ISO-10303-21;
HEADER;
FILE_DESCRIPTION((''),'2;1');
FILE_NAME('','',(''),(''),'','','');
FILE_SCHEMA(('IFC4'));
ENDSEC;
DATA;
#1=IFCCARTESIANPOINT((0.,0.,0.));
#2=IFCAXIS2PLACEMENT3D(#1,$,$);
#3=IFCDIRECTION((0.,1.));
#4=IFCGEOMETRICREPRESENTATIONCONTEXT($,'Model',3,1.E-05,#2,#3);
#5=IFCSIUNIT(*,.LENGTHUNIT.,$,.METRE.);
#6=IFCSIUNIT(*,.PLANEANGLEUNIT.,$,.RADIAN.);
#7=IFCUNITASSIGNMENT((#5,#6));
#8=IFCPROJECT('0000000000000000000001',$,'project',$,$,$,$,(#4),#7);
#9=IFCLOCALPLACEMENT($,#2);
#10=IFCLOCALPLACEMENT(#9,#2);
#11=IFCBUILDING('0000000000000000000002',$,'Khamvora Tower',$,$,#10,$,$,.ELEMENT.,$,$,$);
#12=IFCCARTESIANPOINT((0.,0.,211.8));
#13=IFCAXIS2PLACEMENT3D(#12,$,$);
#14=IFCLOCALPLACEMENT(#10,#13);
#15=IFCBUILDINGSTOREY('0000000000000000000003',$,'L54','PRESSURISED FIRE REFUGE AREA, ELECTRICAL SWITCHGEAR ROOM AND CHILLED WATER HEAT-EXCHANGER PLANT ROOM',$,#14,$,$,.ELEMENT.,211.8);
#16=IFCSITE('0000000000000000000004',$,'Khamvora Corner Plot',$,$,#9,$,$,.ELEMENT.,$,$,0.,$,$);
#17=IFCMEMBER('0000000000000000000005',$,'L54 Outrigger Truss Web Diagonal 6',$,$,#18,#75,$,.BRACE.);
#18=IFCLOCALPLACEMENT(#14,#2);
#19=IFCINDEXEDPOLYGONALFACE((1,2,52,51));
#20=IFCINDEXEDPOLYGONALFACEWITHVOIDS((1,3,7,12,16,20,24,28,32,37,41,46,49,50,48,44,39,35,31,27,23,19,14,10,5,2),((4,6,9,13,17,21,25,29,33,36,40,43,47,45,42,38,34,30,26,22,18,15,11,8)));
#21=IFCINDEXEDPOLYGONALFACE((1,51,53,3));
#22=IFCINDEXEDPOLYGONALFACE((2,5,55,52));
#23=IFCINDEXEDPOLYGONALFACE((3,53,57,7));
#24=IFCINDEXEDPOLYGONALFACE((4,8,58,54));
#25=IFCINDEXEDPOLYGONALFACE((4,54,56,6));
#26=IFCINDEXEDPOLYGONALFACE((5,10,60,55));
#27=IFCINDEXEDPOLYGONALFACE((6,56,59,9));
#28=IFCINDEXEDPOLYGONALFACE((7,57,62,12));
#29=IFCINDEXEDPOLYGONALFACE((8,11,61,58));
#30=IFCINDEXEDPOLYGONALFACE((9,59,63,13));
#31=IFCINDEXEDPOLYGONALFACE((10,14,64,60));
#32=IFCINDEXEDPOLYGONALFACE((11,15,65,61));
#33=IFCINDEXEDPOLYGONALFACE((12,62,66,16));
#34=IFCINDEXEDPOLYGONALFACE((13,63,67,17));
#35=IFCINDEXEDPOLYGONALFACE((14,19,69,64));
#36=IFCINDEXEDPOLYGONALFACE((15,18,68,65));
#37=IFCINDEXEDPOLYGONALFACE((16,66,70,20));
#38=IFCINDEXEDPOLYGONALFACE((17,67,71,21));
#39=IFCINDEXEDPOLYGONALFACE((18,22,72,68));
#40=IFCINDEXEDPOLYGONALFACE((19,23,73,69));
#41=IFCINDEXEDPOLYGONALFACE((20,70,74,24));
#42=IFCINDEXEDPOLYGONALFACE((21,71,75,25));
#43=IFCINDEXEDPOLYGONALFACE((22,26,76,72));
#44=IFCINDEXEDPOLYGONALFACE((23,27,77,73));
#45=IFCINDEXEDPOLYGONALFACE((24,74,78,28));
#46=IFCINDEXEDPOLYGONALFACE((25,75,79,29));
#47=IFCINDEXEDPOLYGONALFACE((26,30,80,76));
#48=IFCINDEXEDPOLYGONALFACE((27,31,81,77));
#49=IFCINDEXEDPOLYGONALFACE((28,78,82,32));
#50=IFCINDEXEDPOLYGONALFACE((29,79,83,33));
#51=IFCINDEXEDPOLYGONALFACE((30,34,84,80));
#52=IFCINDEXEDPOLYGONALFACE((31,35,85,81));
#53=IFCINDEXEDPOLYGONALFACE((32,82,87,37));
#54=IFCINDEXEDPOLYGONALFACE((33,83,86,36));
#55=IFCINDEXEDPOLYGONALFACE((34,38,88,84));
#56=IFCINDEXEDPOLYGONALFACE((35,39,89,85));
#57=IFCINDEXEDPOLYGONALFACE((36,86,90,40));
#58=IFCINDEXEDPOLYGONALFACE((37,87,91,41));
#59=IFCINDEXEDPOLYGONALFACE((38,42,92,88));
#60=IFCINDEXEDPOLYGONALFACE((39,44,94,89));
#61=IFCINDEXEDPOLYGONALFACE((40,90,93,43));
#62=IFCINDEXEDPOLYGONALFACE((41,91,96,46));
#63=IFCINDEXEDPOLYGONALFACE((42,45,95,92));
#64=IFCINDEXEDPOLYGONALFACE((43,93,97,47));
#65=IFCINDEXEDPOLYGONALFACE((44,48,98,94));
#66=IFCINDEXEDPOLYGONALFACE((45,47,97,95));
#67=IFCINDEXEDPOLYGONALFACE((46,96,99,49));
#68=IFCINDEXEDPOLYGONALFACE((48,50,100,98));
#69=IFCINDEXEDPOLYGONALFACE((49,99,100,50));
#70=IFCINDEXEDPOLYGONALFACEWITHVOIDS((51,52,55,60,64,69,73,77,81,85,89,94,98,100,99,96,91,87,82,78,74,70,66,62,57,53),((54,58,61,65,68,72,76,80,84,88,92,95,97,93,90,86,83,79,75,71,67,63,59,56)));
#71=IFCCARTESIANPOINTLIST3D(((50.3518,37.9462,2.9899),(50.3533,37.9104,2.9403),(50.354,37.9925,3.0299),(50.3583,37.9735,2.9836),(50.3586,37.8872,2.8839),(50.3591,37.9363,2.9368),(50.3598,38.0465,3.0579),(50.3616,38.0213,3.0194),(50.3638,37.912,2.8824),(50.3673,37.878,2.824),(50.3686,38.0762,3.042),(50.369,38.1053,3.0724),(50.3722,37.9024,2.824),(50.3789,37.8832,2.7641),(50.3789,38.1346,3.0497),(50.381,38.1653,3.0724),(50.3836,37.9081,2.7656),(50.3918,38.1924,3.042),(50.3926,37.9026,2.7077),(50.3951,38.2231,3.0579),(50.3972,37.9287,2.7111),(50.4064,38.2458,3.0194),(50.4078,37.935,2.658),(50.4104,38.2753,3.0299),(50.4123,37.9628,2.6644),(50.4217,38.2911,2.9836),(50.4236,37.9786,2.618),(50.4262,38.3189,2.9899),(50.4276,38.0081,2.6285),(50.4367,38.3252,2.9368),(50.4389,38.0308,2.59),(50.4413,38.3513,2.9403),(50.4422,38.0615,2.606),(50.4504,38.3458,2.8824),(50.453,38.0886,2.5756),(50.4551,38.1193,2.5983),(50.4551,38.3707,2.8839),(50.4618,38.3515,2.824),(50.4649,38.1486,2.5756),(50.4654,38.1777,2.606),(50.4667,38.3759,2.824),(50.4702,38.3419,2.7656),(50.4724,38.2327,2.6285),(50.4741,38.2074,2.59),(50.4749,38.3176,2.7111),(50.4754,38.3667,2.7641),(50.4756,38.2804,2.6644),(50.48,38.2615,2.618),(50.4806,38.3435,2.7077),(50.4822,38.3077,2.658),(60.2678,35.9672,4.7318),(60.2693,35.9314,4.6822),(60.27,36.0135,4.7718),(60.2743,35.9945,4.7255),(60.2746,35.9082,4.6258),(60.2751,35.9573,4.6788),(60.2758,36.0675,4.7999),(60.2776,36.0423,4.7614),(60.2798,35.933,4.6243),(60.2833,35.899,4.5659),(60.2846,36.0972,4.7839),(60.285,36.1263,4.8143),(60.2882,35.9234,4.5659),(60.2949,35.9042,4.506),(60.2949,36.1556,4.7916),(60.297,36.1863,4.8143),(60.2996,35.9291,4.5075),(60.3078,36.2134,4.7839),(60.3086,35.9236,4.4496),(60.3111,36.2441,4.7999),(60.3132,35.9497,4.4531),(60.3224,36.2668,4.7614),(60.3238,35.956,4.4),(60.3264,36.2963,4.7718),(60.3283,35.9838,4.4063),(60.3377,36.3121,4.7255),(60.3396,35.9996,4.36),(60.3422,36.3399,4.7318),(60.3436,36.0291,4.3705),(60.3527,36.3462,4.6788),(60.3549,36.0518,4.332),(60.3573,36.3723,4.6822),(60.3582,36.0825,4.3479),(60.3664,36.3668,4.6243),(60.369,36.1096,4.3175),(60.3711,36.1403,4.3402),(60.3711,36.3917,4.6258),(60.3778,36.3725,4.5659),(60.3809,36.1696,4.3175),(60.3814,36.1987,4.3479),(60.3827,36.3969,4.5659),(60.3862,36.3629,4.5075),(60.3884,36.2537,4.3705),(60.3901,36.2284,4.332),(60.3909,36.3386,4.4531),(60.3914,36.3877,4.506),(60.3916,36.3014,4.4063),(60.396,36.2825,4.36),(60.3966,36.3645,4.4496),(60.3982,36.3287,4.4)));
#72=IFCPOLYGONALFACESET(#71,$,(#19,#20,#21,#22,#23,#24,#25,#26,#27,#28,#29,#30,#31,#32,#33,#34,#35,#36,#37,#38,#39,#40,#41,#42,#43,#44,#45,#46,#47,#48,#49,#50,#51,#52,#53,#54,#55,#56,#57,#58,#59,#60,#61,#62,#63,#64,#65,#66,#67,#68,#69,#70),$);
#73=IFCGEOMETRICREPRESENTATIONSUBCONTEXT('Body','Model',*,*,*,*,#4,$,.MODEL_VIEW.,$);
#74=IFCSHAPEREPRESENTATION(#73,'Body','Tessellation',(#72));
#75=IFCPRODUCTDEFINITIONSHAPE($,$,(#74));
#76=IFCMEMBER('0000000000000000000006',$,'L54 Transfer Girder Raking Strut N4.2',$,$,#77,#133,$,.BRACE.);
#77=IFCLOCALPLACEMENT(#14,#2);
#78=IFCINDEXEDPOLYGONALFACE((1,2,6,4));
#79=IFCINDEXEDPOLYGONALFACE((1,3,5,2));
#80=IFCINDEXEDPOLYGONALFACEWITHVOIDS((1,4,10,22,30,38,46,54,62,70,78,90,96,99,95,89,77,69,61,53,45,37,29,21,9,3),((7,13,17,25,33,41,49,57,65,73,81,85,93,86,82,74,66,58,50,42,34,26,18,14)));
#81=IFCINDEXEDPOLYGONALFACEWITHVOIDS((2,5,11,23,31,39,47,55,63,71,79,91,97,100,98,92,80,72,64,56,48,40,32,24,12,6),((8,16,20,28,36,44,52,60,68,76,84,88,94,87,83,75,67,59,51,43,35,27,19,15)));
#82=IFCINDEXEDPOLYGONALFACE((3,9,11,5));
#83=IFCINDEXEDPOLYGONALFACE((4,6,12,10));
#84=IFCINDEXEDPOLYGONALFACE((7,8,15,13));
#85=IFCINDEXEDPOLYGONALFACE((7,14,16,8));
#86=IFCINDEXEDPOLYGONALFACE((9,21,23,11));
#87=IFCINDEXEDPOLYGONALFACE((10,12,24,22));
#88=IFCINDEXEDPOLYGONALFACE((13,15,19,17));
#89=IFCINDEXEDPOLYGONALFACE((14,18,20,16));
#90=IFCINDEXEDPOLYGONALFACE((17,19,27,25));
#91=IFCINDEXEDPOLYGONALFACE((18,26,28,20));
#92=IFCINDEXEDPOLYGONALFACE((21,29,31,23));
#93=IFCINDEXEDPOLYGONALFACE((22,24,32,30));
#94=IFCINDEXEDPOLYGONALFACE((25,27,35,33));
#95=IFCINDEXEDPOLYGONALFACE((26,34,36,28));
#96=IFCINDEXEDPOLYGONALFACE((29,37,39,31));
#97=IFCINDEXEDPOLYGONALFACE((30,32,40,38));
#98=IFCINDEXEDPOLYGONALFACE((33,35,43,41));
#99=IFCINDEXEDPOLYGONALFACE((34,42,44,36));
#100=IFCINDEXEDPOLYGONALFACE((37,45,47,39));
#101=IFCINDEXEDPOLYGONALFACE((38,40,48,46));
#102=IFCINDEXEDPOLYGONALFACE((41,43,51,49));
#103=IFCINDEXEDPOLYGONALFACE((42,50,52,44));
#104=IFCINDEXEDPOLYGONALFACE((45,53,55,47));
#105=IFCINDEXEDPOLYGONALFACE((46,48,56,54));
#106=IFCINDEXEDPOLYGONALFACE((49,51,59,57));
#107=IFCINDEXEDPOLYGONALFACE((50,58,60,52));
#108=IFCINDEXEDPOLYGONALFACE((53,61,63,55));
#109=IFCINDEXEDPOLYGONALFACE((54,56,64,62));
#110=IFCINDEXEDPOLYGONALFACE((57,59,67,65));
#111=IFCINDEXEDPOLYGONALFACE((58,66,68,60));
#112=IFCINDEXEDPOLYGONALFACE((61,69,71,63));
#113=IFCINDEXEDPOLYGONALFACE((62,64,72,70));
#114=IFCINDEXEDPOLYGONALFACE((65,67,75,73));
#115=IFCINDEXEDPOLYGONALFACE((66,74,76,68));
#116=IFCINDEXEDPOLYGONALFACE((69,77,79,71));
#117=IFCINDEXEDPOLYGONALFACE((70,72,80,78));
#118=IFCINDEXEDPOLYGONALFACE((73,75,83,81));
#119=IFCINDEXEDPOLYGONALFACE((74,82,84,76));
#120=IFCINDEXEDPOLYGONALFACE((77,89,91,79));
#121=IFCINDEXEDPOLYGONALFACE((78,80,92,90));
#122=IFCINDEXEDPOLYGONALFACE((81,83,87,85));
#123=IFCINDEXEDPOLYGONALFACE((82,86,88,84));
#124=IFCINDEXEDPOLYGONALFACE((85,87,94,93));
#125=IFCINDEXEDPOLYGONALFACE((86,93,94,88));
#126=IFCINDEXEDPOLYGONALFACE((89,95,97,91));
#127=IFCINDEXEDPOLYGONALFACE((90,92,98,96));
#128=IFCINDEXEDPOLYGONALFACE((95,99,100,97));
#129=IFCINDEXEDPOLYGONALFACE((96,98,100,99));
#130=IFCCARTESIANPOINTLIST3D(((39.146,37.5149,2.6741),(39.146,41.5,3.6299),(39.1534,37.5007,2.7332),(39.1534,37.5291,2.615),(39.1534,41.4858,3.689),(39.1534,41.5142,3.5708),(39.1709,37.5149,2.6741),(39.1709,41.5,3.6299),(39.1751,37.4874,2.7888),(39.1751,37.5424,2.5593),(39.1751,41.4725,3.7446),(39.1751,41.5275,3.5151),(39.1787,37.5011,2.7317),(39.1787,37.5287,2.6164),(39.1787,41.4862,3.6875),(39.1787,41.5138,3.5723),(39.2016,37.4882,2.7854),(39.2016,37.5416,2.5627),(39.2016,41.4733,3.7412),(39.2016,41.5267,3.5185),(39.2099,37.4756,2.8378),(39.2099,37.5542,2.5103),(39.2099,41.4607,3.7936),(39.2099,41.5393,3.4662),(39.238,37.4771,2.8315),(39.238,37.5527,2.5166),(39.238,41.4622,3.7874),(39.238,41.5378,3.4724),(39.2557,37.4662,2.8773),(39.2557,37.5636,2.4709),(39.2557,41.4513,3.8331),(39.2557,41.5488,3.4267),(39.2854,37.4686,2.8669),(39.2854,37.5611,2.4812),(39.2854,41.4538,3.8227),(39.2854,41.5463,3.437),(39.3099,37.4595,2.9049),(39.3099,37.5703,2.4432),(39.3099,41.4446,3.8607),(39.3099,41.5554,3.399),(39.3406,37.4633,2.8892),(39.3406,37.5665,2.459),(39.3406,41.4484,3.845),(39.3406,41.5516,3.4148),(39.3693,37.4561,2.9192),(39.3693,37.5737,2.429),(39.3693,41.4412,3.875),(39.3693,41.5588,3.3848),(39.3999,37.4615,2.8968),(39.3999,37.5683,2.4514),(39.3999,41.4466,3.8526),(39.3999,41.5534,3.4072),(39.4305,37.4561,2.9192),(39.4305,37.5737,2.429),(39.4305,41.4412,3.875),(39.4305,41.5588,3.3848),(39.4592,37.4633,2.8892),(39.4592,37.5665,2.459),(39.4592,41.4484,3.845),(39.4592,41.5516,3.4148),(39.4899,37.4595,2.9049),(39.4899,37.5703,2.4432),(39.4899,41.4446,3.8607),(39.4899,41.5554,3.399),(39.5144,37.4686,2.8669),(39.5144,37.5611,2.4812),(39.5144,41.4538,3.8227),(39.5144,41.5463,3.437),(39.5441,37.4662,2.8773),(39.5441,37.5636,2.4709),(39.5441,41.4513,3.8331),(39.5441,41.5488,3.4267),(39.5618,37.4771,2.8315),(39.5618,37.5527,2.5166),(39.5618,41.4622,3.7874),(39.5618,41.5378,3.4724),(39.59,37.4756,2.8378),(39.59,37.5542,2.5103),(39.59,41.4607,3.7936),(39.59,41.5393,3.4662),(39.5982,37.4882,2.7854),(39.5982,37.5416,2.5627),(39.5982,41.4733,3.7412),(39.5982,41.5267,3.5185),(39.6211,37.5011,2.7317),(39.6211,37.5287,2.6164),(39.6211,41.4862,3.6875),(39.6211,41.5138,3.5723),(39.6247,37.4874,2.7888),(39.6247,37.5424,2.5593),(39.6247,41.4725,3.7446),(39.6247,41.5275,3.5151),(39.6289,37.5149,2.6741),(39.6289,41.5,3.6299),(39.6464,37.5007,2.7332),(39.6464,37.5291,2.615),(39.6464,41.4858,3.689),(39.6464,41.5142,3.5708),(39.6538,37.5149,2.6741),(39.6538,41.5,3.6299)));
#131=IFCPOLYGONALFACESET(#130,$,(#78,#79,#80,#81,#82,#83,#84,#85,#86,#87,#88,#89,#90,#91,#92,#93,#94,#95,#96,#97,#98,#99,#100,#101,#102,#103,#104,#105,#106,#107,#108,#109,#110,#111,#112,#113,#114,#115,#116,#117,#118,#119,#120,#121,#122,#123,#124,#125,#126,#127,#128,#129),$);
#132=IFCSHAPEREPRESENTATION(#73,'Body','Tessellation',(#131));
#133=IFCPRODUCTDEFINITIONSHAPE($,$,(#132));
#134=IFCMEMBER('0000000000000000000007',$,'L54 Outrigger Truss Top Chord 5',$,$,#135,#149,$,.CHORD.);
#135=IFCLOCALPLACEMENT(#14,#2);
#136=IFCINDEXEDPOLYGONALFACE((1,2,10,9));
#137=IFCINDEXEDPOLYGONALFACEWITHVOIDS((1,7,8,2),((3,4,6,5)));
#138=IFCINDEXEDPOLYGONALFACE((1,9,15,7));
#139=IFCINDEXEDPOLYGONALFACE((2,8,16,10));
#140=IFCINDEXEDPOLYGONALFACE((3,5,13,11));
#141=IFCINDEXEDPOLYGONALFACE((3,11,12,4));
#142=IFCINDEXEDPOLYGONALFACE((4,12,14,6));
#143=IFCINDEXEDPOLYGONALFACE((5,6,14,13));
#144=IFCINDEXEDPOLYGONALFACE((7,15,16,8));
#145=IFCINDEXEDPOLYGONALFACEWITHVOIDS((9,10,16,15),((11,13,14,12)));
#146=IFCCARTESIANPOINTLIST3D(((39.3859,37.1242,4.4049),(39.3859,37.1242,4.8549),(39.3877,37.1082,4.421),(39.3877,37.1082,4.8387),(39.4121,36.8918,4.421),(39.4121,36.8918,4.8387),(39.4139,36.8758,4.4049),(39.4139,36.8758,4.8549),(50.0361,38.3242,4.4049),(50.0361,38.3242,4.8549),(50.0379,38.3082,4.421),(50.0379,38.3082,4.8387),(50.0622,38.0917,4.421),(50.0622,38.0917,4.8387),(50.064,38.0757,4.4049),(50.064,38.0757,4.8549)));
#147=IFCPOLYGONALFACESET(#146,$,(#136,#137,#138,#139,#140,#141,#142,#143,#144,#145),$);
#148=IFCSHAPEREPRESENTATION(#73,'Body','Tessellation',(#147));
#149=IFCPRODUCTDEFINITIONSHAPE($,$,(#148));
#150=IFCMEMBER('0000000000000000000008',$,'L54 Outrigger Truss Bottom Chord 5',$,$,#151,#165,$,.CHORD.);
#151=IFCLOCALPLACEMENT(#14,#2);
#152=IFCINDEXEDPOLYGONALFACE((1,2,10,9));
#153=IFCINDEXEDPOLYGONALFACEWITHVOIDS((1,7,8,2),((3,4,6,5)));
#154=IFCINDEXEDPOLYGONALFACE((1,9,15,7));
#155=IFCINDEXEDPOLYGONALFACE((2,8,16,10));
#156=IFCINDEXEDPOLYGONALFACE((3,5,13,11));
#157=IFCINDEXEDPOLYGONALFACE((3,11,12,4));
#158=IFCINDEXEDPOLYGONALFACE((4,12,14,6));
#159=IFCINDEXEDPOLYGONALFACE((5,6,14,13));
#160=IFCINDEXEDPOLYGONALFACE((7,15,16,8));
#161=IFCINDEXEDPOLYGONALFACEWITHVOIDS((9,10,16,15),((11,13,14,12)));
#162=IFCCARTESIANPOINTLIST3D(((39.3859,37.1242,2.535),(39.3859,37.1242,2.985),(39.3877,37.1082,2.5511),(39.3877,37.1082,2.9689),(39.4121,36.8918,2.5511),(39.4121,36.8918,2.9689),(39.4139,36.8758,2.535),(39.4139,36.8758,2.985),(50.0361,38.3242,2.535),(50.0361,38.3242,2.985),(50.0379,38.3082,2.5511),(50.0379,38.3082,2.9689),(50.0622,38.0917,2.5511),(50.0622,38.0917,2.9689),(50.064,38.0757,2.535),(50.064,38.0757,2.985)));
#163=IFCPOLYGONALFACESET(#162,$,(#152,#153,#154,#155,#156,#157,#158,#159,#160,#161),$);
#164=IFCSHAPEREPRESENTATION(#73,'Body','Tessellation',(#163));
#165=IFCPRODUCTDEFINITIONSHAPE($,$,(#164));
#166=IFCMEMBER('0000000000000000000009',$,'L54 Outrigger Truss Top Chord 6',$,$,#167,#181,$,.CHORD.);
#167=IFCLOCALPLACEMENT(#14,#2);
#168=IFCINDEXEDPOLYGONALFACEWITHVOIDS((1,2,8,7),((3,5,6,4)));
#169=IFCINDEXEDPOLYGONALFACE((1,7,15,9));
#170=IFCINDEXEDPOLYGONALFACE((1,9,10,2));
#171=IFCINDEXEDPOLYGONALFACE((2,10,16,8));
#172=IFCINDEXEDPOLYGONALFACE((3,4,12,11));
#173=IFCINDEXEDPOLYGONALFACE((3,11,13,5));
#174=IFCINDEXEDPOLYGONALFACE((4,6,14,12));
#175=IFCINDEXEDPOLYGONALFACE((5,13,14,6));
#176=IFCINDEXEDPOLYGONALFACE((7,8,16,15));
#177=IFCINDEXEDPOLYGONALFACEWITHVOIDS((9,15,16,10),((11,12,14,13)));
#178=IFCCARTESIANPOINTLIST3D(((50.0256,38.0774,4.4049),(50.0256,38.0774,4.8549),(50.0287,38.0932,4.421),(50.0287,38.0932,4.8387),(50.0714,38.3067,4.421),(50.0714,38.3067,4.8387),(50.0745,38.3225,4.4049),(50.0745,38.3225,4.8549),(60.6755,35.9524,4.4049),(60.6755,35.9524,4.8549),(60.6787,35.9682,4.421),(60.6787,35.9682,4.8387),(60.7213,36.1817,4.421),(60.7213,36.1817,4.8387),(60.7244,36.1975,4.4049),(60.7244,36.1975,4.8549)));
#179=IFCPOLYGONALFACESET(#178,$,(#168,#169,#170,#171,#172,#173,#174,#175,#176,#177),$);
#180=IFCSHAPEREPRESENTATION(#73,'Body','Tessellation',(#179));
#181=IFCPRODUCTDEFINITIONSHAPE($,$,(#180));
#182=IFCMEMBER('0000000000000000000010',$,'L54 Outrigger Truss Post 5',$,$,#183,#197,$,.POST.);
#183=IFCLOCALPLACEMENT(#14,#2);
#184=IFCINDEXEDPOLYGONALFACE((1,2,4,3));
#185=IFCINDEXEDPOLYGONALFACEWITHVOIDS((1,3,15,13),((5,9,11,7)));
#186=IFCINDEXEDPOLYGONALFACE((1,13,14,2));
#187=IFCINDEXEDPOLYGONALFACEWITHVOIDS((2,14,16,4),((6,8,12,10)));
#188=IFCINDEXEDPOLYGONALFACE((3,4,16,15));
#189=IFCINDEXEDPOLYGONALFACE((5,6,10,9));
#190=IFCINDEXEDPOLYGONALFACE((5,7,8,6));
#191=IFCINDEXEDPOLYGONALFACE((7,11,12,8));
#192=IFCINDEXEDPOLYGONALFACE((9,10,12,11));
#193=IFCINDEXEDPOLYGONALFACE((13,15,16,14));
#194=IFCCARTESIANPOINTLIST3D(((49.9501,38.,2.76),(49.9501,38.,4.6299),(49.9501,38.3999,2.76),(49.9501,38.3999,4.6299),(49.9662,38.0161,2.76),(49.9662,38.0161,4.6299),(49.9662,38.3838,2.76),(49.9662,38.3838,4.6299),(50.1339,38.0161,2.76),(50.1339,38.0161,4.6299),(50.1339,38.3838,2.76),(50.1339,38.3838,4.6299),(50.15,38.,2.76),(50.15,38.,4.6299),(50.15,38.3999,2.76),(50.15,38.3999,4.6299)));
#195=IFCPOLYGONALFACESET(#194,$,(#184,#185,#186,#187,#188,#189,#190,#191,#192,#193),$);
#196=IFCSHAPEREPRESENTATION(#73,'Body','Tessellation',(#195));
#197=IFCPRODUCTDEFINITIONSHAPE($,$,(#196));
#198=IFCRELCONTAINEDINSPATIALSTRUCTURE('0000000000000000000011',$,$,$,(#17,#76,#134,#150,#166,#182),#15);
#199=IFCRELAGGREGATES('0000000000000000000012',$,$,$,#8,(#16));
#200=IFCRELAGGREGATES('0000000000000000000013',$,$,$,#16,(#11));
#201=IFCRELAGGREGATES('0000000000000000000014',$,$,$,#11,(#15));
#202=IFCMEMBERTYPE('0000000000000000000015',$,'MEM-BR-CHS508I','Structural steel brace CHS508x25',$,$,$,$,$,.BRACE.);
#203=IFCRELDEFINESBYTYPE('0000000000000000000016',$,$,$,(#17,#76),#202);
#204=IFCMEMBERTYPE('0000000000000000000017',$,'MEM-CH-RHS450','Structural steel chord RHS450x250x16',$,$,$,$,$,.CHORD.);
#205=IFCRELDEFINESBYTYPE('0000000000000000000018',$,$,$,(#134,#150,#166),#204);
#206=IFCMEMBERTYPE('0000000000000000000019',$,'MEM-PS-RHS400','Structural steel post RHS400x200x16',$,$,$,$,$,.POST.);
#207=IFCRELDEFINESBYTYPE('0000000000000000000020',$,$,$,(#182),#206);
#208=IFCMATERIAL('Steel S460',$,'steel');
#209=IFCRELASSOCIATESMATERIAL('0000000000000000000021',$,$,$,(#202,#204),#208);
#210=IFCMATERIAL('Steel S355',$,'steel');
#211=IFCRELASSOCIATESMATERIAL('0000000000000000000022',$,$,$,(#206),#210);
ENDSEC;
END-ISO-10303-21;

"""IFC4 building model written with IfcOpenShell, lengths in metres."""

from ifc_helpers import new_model, si_unit, direction, frame, origin, origin_2d, place, context, subcontext, project, spatial, hollow_rectangle, hollow_circle, extrude, material, material_profile, profile_set, type_object, element, save


model = new_model("IFC4")

# Units and contexts
model_context = context("Model", 3, precision=1e-05, world=origin(), true_north=direction((0.0, 1.0)))
body_context = subcontext(model_context, "Body", "Model", "MODEL_VIEW")
ifc_project = project(units=[si_unit("LENGTHUNIT", "METRE"), si_unit("PLANEANGLEUNIT", "RADIAN")], contexts=[model_context])

# Site, building, storey
site_placement = place(None, origin())
site = spatial("IfcSite", under=ifc_project, at=site_placement, Name="Khamvora Corner Plot", CompositionType="ELEMENT", RefElevation=0.0)
building_placement = place(site_placement, origin())
building = spatial("IfcBuilding", under=site, at=building_placement, Name="Khamvora Tower", CompositionType="ELEMENT")
storey_placement = place(building_placement, frame((0.0, 0.0, 211.8)))
storey = spatial("IfcBuildingStorey", under=building, at=storey_placement, Name="L54", Description="PRESSURISED FIRE REFUGE AREA, ELECTRICAL SWITCHGEAR ROOM AND CHILLED WATER HEAT-EXCHANGER PLANT ROOM", CompositionType="ELEMENT", Elevation=211.8)

# Shared definitions
ifc_material_1 = material(Name="Steel S460", Category="steel")
ifc_material_2 = material(Name="Steel S355", Category="steel")

# Members
ifc_material_profile_1 = material_profile(ifc_material_1, hollow_circle(Radius=0.2539, WallThickness=0.0249, at=origin_2d()), Name="CHS508x25")
ifc_profile_set_1 = profile_set([ifc_material_profile_1], Name="Steel S460")
member_type_1 = type_object("IfcMemberType", Name="MEM-BR-CHS508I", Description="Structural steel brace CHS508x25", PredefinedType="BRACE", material=ifc_profile_set_1)
member_1_placement = place(storey_placement, frame((50.417, 38.127, 2.824), z_axis=(0.966425, -0.192876, 0.169772), x_axis=(0.195717, 0.98066, 0.0)))
element("IfcMember", 1, at=member_1_placement, inside=storey, type_object=member_type_1, Name="L54 Outrigger Truss Web Diagonal 6", PredefinedType="BRACE", context=body_context, shape_type="SweptSolid", body=[
    extrude(hollow_circle(Radius=0.2539, WallThickness=0.0249, at=origin_2d()), origin(), (0.0, 0.0, 1.0), 10.2605),
])
member_2_placement = place(storey_placement, frame((39.3999, 37.5149, 2.6741), z_axis=(0.0, 0.972421, 0.233231), x_axis=(-1.0, 0.0, 0.0)))
element("IfcMember", 2, at=member_2_placement, inside=storey, type_object=member_type_1, Name="L54 Transfer Girder Raking Strut N4.2", PredefinedType="BRACE", context=body_context, shape_type="SweptSolid", body=[
    extrude(hollow_circle(Radius=0.2539, WallThickness=0.0249, at=origin_2d()), origin(), (0.0, 0.0, 1.0), 4.0981),
])
ifc_material_profile_2 = material_profile(ifc_material_1, hollow_rectangle(XDim=0.25, YDim=0.45, WallThickness=0.0161, at=origin_2d()), Name="RHS450x250x16")
ifc_profile_set_2 = profile_set([ifc_material_profile_2], Name="Steel S460")
member_type_2 = type_object("IfcMemberType", Name="MEM-CH-RHS450", Description="Structural steel chord RHS450x250x16", PredefinedType="CHORD", material=ifc_profile_set_2)
for number, where, z_axis, x_axis, name in (
    (3, (39.3999, 37.0, 4.6299), (0.993713, 0.111962, 0.0), (-0.111962, 0.993713, 0.0), "L54 Outrigger Truss Top Chord 5"),
    (4, (39.3999, 37.0, 2.76), (0.993713, 0.111962, 0.0), (-0.111962, 0.993713, 0.0), "L54 Outrigger Truss Bottom Chord 5"),
):
    element("IfcMember", number, at=place(storey_placement, frame(where, z_axis=z_axis, x_axis=x_axis)), inside=storey, type_object=member_type_2, Name=name, PredefinedType="CHORD", context=body_context, shape_type="SweptSolid", body=[
        extrude(hollow_rectangle(XDim=0.25, YDim=0.45, WallThickness=0.0161, at=origin_2d()), origin(), (0.0, 0.0, 1.0), 10.7175),
    ])
member_3_placement = place(storey_placement, frame((50.05, 38.2, 4.6299), z_axis=(0.980669, -0.195675, 0.0), x_axis=(0.195675, 0.980669, 0.0)))
element("IfcMember", 5, at=member_3_placement, inside=storey, type_object=member_type_2, Name="L54 Outrigger Truss Top Chord 6", PredefinedType="CHORD", context=body_context, shape_type="SweptSolid", body=[
    extrude(hollow_rectangle(XDim=0.25, YDim=0.45, WallThickness=0.0161, at=origin_2d()), origin(), (0.0, 0.0, 1.0), 10.8599),
])
ifc_material_profile_3 = material_profile(ifc_material_2, hollow_rectangle(XDim=0.2, YDim=0.3999, WallThickness=0.0161, at=origin_2d()), Name="RHS400x200x16")
ifc_profile_set_3 = profile_set([ifc_material_profile_3], Name="Steel S355")
member_type_3 = type_object("IfcMemberType", Name="MEM-PS-RHS400", Description="Structural steel post RHS400x200x16", PredefinedType="POST", material=ifc_profile_set_3)
member_4_placement = place(storey_placement, frame((50.05, 38.2, 2.76), z_axis=(0.0, 0.0, 1.0), x_axis=(1.0, 0.0, 0.0)))
element("IfcMember", 6, at=member_4_placement, inside=storey, type_object=member_type_3, Name="L54 Outrigger Truss Post 5", PredefinedType="POST", context=body_context, shape_type="SweptSolid", body=[
    extrude(hollow_rectangle(XDim=0.2, YDim=0.3999, WallThickness=0.0161, at=origin_2d()), origin(), (0.0, 0.0, 1.0), 1.8699),
])

save(model, "model.ifc")
